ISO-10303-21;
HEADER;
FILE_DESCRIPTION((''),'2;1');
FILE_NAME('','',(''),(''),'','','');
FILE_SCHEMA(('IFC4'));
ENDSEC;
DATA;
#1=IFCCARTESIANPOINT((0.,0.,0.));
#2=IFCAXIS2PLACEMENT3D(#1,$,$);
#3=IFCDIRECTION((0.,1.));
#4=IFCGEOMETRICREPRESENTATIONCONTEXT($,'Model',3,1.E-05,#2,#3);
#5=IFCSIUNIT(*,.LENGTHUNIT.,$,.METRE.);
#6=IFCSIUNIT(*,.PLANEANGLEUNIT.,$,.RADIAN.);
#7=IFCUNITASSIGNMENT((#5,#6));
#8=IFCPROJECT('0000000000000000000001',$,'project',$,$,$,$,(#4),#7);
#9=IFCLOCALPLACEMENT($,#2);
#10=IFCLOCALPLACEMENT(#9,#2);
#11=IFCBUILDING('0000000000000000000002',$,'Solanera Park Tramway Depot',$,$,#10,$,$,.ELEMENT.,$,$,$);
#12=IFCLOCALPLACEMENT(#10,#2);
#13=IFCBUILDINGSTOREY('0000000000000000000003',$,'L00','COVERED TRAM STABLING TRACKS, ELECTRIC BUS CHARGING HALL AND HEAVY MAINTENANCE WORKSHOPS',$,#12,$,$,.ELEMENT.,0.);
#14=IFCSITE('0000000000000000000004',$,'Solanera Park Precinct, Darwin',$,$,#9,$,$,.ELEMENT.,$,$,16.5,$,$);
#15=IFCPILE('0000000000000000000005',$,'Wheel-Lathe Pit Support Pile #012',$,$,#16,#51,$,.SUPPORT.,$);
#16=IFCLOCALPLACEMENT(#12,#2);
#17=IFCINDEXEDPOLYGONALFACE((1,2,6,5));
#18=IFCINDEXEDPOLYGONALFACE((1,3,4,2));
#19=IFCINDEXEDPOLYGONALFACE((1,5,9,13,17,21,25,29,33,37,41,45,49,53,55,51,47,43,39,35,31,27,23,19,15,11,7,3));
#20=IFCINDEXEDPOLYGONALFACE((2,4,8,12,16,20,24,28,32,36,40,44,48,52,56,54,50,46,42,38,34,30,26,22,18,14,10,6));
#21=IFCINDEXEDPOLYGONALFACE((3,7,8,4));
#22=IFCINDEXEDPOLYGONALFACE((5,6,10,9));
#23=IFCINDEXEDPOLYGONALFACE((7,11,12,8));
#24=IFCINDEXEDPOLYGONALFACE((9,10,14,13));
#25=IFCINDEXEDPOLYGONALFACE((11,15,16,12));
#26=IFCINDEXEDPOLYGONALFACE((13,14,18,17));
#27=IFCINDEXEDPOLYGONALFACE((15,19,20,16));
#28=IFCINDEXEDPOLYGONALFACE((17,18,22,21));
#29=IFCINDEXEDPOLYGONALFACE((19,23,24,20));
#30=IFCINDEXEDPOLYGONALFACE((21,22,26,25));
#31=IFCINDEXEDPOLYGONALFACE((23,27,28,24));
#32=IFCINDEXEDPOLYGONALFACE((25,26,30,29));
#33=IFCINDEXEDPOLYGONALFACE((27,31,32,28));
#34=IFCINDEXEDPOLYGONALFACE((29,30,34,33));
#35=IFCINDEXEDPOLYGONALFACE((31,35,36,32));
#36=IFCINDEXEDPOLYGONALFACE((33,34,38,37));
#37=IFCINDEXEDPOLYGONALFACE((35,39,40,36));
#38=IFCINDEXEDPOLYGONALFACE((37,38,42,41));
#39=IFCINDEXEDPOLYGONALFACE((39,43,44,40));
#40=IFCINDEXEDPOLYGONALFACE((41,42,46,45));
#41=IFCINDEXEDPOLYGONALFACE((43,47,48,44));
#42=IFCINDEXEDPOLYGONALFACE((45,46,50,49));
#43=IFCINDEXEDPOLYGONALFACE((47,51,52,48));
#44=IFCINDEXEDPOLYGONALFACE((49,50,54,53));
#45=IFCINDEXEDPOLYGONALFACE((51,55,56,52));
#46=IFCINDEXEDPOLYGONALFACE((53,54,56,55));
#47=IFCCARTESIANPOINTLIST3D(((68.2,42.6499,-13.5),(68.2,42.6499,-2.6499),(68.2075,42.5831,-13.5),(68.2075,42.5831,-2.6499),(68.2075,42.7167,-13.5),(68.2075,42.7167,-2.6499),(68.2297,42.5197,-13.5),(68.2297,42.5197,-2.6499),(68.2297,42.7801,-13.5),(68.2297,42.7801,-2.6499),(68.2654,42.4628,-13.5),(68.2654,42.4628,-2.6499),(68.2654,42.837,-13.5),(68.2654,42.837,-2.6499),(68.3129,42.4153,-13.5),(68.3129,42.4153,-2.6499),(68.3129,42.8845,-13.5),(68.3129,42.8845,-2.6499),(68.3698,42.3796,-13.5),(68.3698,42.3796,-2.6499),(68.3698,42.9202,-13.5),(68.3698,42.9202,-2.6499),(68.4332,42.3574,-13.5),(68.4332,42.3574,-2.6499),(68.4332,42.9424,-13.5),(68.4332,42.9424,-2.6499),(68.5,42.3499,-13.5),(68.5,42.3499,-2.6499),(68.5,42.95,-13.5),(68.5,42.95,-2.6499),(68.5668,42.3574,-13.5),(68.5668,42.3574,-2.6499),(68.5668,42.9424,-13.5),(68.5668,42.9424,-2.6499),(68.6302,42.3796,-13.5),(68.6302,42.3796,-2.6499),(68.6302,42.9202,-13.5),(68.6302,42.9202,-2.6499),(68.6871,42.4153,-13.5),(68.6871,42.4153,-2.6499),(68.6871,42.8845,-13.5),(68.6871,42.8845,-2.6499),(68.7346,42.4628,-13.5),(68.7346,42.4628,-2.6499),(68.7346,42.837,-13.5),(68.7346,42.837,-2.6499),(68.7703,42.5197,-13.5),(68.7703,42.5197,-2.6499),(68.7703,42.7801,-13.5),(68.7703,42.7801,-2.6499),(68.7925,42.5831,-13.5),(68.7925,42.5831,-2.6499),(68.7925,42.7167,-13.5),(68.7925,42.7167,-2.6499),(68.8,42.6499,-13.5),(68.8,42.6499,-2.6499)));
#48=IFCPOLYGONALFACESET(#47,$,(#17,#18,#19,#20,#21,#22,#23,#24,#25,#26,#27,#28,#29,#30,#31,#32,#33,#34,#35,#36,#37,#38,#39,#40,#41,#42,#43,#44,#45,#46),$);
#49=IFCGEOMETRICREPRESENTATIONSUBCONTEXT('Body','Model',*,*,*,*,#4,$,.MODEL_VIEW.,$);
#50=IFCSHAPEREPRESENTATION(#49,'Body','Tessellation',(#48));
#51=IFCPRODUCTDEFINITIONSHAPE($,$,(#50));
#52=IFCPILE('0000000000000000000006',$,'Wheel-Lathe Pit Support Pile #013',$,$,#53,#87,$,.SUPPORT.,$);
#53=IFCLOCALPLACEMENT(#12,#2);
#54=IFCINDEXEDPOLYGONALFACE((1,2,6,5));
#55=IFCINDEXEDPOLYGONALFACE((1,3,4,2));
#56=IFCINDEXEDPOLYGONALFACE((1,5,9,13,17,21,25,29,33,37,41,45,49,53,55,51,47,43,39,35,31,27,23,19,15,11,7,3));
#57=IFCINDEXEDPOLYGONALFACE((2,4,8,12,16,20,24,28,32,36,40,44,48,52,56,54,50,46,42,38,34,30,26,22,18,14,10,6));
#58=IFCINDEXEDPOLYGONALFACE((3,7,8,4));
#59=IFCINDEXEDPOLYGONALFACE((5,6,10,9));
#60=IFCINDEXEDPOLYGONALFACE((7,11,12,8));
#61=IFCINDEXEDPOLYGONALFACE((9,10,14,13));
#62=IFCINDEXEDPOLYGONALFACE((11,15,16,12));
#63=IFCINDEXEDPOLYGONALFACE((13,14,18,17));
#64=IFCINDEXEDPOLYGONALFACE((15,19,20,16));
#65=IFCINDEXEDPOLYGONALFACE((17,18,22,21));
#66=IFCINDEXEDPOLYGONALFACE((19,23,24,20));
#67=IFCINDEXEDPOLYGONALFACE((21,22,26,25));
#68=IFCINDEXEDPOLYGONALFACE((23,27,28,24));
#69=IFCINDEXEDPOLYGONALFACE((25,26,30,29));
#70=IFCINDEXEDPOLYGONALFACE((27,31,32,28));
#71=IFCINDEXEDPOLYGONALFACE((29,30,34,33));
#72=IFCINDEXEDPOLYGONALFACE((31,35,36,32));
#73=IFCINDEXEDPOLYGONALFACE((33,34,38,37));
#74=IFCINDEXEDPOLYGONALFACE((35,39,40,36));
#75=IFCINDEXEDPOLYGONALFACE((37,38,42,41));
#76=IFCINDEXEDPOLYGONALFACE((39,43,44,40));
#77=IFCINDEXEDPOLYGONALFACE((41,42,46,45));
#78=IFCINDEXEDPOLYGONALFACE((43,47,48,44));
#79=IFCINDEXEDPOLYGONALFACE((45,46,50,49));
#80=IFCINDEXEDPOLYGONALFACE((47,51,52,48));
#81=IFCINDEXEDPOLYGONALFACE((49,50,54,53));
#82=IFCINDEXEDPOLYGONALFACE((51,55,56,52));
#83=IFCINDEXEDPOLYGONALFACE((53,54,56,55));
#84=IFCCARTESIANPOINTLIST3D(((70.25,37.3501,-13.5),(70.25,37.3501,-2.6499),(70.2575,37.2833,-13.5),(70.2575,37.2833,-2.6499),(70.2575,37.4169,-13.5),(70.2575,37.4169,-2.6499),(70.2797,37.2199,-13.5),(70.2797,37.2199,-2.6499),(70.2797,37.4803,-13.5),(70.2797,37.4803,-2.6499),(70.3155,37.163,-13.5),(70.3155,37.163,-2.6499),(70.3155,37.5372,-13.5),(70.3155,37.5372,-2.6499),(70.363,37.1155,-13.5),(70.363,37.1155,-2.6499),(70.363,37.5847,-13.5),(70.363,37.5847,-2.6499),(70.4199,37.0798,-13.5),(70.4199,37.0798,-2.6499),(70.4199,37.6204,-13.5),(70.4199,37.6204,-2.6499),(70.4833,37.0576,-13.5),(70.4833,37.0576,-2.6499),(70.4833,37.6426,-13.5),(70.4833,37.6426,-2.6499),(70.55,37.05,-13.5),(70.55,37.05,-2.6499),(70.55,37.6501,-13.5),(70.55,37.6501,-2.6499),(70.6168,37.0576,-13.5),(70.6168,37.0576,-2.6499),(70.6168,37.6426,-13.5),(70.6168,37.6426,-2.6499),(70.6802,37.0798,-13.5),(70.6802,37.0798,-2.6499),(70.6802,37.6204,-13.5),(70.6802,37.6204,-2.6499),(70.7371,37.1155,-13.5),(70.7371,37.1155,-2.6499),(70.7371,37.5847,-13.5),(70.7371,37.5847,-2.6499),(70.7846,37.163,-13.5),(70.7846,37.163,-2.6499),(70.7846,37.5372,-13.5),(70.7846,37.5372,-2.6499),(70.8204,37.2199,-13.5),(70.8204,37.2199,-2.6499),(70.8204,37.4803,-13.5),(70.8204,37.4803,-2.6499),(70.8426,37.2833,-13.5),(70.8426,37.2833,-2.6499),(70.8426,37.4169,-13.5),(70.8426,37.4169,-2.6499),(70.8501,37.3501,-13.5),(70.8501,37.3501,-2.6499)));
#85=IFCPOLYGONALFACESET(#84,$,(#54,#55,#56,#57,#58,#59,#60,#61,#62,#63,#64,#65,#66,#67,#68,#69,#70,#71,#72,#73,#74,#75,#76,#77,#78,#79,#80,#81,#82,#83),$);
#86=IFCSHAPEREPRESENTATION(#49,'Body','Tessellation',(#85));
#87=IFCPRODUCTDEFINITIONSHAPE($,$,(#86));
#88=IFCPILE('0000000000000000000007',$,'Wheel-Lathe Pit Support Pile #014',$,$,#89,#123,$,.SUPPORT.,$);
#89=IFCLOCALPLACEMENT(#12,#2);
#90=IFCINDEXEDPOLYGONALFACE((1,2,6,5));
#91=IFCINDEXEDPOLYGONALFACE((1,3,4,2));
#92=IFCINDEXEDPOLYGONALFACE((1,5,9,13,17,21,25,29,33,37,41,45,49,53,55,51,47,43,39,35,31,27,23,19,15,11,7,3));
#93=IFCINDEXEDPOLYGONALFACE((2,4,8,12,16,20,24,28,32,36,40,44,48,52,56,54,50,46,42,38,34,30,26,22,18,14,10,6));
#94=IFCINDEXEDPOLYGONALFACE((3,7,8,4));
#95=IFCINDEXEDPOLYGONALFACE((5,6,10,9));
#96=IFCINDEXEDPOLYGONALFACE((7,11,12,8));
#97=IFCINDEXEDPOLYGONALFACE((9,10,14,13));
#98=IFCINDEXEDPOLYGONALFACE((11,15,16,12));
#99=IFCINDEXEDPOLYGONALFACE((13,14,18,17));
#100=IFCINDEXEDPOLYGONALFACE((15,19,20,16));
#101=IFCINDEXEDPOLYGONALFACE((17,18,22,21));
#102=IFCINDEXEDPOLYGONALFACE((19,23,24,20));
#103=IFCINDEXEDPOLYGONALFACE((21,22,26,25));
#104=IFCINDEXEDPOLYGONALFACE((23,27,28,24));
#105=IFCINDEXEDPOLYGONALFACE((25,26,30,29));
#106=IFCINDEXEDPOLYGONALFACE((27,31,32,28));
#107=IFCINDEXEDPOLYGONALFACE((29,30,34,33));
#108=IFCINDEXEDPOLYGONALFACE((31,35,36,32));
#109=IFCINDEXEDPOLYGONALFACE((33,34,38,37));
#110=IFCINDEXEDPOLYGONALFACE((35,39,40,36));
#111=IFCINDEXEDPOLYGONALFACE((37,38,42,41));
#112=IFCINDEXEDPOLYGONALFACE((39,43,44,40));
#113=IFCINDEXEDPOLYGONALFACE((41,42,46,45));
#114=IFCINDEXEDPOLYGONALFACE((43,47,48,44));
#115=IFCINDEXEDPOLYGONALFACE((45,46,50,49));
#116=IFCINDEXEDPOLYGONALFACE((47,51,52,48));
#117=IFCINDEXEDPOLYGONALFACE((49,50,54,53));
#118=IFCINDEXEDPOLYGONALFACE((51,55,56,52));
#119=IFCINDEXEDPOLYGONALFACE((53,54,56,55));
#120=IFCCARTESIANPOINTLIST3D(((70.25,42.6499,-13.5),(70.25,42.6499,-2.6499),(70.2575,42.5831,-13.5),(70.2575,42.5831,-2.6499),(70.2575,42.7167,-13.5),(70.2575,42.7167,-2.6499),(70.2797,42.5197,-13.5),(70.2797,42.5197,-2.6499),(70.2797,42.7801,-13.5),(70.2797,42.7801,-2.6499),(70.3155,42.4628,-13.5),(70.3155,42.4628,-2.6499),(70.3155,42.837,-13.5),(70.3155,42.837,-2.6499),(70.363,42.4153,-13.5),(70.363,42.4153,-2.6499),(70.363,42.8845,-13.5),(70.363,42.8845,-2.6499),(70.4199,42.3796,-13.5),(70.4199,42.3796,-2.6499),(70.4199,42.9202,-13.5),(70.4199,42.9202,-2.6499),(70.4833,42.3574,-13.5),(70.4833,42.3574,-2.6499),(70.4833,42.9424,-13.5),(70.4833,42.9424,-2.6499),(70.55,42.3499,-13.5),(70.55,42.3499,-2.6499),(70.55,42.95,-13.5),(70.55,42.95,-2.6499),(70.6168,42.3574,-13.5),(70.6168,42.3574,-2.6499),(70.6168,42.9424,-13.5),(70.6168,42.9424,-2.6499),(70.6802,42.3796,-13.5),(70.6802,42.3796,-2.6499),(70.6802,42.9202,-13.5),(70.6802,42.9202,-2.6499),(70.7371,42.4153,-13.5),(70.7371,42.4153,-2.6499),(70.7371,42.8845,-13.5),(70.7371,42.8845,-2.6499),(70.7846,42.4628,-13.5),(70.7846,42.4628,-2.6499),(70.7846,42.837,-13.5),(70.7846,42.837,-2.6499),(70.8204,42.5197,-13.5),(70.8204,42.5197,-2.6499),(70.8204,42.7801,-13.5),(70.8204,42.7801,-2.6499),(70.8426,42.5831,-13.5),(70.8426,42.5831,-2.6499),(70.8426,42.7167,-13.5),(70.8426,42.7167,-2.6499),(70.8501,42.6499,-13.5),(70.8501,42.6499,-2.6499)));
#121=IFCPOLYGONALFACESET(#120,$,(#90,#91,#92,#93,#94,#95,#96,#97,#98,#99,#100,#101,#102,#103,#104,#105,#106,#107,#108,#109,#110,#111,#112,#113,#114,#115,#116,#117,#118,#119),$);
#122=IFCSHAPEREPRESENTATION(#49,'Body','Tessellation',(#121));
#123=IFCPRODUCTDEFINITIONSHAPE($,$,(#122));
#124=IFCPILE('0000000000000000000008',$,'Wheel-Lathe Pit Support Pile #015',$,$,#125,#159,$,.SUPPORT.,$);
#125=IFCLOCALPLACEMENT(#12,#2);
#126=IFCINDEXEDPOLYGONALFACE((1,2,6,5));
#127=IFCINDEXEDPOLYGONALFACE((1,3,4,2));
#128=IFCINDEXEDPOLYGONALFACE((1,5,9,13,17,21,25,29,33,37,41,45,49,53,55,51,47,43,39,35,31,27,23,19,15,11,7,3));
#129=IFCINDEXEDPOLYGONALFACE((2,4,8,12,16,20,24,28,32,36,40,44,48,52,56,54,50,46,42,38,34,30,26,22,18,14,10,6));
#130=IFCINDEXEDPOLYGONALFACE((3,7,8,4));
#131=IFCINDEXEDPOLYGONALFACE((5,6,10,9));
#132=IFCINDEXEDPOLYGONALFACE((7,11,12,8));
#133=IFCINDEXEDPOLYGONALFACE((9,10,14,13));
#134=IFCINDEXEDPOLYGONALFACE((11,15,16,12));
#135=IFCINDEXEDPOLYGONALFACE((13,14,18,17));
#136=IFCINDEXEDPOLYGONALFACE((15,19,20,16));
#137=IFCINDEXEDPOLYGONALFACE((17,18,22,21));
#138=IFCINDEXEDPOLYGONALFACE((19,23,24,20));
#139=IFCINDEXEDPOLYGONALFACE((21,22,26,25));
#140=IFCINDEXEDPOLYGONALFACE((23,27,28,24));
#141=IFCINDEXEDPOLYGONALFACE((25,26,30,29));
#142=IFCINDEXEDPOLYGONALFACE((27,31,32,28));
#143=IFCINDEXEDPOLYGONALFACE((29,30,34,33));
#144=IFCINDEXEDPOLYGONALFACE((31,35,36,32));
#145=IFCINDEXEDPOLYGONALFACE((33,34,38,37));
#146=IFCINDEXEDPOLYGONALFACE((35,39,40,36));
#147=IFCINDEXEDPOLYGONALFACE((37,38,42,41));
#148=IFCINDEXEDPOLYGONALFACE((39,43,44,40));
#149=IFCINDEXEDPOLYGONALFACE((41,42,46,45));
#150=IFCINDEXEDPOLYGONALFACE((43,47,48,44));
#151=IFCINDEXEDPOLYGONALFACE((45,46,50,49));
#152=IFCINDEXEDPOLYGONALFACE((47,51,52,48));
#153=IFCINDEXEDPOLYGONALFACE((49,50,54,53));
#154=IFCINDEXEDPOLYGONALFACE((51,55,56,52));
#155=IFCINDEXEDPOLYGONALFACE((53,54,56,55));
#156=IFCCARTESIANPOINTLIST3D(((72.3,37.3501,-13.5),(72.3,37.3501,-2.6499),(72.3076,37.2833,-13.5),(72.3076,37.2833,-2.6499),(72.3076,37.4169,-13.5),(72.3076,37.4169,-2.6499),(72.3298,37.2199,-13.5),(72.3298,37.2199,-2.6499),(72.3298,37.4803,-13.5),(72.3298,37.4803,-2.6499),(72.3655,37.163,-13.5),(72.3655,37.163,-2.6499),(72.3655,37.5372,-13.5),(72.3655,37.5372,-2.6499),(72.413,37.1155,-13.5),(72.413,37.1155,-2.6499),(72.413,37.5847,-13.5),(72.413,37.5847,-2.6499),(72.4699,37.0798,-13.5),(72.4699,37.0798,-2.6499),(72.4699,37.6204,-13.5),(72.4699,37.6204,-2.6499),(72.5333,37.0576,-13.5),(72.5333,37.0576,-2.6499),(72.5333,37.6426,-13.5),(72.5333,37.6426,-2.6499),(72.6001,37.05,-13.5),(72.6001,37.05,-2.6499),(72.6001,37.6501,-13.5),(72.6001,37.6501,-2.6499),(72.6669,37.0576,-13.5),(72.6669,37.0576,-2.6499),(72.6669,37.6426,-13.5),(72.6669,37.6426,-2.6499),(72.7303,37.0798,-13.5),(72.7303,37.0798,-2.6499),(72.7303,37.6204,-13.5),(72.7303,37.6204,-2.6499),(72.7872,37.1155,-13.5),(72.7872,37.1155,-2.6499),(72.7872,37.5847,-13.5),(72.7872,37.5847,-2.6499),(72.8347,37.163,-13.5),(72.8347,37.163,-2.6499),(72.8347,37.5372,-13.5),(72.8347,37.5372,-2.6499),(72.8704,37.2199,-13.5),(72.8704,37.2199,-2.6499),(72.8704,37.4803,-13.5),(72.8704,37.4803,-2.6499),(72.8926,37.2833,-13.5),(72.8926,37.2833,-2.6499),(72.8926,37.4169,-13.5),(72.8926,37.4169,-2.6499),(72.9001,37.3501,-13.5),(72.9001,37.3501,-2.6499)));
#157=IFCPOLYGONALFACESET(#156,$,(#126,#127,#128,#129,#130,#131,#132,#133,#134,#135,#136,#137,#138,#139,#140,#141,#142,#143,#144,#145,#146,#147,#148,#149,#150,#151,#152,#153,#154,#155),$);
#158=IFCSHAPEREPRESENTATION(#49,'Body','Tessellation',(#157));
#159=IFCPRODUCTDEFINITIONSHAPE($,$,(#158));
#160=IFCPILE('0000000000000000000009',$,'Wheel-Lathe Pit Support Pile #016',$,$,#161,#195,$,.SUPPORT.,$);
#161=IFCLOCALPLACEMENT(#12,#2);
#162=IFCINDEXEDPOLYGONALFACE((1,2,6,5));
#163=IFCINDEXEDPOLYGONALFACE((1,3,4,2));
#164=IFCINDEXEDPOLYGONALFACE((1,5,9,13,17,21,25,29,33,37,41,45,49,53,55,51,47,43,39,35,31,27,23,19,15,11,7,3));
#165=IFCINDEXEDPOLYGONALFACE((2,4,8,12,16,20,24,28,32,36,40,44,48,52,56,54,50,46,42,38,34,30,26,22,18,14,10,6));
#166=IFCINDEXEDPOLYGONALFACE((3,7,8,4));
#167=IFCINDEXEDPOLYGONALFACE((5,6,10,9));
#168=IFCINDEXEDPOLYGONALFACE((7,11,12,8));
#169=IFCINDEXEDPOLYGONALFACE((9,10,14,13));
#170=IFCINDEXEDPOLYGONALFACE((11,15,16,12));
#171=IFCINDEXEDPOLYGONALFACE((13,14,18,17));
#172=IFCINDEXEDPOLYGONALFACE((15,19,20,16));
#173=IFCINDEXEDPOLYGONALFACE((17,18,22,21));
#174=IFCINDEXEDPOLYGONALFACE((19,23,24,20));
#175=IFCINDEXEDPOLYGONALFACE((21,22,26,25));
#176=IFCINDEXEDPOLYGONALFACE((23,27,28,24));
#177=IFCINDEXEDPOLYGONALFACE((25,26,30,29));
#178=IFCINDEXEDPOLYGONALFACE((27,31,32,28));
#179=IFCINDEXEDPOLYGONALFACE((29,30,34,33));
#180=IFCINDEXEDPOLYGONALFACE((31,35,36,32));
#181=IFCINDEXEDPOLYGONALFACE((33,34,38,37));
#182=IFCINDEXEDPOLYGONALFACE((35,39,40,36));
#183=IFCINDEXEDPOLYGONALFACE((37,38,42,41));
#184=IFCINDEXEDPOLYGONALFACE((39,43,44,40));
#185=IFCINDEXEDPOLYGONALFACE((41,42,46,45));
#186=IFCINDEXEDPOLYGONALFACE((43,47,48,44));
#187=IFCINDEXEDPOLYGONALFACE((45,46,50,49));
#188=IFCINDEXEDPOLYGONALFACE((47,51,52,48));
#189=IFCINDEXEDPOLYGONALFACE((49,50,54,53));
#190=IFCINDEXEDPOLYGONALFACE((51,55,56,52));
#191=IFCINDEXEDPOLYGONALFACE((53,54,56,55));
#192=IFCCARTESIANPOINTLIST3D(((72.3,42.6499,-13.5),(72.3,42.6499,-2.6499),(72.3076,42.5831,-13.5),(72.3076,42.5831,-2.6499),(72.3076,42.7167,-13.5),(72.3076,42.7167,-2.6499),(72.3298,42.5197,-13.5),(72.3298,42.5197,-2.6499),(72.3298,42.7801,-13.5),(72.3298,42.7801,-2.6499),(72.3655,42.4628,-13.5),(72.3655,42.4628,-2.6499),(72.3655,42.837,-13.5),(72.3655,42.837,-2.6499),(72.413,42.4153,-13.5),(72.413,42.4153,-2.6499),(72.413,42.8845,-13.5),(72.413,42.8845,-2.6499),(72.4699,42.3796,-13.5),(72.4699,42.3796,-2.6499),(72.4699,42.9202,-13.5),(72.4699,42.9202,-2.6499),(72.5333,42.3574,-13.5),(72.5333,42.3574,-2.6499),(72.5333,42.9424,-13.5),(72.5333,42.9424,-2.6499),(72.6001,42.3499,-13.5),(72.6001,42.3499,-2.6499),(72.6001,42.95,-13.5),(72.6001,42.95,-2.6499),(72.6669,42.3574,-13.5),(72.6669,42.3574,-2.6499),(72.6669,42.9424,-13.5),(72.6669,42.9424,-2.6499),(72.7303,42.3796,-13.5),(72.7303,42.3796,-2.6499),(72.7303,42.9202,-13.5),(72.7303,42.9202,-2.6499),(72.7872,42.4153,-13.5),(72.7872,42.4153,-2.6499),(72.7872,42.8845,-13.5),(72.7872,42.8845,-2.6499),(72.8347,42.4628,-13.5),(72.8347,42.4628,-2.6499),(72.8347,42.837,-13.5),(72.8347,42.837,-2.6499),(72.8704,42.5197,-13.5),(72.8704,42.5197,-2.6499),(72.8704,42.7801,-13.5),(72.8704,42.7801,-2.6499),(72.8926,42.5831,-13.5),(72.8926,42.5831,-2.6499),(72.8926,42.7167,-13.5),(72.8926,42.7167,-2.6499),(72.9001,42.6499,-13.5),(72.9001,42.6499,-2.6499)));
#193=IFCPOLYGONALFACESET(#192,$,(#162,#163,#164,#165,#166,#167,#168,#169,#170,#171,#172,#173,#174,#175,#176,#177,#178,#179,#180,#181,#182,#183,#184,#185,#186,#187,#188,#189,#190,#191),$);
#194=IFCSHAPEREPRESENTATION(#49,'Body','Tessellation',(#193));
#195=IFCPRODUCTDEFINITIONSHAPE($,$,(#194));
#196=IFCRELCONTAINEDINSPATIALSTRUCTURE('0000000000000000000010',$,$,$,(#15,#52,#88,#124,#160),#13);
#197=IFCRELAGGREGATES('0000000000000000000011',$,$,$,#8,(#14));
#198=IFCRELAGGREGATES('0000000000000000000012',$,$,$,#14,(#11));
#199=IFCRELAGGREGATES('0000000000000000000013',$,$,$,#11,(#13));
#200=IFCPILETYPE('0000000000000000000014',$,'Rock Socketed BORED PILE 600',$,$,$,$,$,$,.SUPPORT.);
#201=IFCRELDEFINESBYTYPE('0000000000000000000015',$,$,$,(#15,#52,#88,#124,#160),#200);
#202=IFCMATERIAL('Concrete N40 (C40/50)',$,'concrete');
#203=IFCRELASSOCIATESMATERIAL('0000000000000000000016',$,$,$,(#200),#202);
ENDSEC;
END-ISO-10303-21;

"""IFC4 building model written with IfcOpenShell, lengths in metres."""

from ifc_helpers import new_model, si_unit, direction, frame, origin, origin_2d, place, context, subcontext, project, spatial, circle, extrude, material, material_profile, profile_set, type_object, element, save


model = new_model("IFC4")

# Units and contexts
model_context = context("Model", 3, precision=1e-05, world=origin(), true_north=direction((0.0, 1.0)))
body_context = subcontext(model_context, "Body", "Model", "MODEL_VIEW")
ifc_project = project(units=[si_unit("LENGTHUNIT", "METRE"), si_unit("PLANEANGLEUNIT", "RADIAN")], contexts=[model_context])

# Site, building, storey
site_placement = place(None, origin())
site = spatial("IfcSite", under=ifc_project, at=site_placement, Name="Solanera Park Precinct, Darwin", CompositionType="ELEMENT", RefElevation=16.5)
building_placement = place(site_placement, origin())
building = spatial("IfcBuilding", under=site, at=building_placement, Name="Solanera Park Tramway Depot", CompositionType="ELEMENT")
storey_placement = place(building_placement, origin())
storey = spatial("IfcBuildingStorey", under=building, at=storey_placement, Name="L00", Description="COVERED TRAM STABLING TRACKS, ELECTRIC BUS CHARGING HALL AND HEAVY MAINTENANCE WORKSHOPS", CompositionType="ELEMENT", Elevation=0.0)

# Piles
ifc_material_1 = material(Name="Concrete N40 (C40/50)", Category="concrete")
ifc_material_profile_1 = material_profile(ifc_material_1, circle(Radius=0.3, at=origin_2d()), Name="BORED PILE 600")
ifc_profile_set_1 = profile_set([ifc_material_profile_1], Name="Concrete N40 (C40/50)")
pile_type_1 = type_object("IfcPileType", Name="Rock Socketed BORED PILE 600", PredefinedType="SUPPORT", material=ifc_profile_set_1)
for number, where, z_axis, x_axis, name in (
    (1, (68.5, 42.6499, -2.6499), (0.0, 0.0, -1.0), (1.0, 0.0, 0.0), "Wheel-Lathe Pit Support Pile #012"),
    (2, (70.55, 37.3501, -2.6499), (0.0, 0.0, -1.0), (1.0, 0.0, 0.0), "Wheel-Lathe Pit Support Pile #013"),
    (3, (70.55, 42.6499, -2.6499), (0.0, 0.0, -1.0), (1.0, 0.0, 0.0), "Wheel-Lathe Pit Support Pile #014"),
    (4, (72.6001, 37.3501, -2.6499), (0.0, 0.0, -1.0), (1.0, 0.0, 0.0), "Wheel-Lathe Pit Support Pile #015"),
    (5, (72.6001, 42.6499, -2.6499), (0.0, 0.0, -1.0), (1.0, 0.0, 0.0), "Wheel-Lathe Pit Support Pile #016"),
):
    element("IfcPile", number, at=place(storey_placement, frame(where, z_axis=z_axis, x_axis=x_axis)), inside=storey, type_object=pile_type_1, Name=name, PredefinedType="SUPPORT", context=body_context, shape_type="SweptSolid", body=[
        extrude(circle(Radius=0.3, at=origin_2d()), origin(), (0.0, 0.0, 1.0), 10.8501),
    ])

save(model, "model.ifc")
